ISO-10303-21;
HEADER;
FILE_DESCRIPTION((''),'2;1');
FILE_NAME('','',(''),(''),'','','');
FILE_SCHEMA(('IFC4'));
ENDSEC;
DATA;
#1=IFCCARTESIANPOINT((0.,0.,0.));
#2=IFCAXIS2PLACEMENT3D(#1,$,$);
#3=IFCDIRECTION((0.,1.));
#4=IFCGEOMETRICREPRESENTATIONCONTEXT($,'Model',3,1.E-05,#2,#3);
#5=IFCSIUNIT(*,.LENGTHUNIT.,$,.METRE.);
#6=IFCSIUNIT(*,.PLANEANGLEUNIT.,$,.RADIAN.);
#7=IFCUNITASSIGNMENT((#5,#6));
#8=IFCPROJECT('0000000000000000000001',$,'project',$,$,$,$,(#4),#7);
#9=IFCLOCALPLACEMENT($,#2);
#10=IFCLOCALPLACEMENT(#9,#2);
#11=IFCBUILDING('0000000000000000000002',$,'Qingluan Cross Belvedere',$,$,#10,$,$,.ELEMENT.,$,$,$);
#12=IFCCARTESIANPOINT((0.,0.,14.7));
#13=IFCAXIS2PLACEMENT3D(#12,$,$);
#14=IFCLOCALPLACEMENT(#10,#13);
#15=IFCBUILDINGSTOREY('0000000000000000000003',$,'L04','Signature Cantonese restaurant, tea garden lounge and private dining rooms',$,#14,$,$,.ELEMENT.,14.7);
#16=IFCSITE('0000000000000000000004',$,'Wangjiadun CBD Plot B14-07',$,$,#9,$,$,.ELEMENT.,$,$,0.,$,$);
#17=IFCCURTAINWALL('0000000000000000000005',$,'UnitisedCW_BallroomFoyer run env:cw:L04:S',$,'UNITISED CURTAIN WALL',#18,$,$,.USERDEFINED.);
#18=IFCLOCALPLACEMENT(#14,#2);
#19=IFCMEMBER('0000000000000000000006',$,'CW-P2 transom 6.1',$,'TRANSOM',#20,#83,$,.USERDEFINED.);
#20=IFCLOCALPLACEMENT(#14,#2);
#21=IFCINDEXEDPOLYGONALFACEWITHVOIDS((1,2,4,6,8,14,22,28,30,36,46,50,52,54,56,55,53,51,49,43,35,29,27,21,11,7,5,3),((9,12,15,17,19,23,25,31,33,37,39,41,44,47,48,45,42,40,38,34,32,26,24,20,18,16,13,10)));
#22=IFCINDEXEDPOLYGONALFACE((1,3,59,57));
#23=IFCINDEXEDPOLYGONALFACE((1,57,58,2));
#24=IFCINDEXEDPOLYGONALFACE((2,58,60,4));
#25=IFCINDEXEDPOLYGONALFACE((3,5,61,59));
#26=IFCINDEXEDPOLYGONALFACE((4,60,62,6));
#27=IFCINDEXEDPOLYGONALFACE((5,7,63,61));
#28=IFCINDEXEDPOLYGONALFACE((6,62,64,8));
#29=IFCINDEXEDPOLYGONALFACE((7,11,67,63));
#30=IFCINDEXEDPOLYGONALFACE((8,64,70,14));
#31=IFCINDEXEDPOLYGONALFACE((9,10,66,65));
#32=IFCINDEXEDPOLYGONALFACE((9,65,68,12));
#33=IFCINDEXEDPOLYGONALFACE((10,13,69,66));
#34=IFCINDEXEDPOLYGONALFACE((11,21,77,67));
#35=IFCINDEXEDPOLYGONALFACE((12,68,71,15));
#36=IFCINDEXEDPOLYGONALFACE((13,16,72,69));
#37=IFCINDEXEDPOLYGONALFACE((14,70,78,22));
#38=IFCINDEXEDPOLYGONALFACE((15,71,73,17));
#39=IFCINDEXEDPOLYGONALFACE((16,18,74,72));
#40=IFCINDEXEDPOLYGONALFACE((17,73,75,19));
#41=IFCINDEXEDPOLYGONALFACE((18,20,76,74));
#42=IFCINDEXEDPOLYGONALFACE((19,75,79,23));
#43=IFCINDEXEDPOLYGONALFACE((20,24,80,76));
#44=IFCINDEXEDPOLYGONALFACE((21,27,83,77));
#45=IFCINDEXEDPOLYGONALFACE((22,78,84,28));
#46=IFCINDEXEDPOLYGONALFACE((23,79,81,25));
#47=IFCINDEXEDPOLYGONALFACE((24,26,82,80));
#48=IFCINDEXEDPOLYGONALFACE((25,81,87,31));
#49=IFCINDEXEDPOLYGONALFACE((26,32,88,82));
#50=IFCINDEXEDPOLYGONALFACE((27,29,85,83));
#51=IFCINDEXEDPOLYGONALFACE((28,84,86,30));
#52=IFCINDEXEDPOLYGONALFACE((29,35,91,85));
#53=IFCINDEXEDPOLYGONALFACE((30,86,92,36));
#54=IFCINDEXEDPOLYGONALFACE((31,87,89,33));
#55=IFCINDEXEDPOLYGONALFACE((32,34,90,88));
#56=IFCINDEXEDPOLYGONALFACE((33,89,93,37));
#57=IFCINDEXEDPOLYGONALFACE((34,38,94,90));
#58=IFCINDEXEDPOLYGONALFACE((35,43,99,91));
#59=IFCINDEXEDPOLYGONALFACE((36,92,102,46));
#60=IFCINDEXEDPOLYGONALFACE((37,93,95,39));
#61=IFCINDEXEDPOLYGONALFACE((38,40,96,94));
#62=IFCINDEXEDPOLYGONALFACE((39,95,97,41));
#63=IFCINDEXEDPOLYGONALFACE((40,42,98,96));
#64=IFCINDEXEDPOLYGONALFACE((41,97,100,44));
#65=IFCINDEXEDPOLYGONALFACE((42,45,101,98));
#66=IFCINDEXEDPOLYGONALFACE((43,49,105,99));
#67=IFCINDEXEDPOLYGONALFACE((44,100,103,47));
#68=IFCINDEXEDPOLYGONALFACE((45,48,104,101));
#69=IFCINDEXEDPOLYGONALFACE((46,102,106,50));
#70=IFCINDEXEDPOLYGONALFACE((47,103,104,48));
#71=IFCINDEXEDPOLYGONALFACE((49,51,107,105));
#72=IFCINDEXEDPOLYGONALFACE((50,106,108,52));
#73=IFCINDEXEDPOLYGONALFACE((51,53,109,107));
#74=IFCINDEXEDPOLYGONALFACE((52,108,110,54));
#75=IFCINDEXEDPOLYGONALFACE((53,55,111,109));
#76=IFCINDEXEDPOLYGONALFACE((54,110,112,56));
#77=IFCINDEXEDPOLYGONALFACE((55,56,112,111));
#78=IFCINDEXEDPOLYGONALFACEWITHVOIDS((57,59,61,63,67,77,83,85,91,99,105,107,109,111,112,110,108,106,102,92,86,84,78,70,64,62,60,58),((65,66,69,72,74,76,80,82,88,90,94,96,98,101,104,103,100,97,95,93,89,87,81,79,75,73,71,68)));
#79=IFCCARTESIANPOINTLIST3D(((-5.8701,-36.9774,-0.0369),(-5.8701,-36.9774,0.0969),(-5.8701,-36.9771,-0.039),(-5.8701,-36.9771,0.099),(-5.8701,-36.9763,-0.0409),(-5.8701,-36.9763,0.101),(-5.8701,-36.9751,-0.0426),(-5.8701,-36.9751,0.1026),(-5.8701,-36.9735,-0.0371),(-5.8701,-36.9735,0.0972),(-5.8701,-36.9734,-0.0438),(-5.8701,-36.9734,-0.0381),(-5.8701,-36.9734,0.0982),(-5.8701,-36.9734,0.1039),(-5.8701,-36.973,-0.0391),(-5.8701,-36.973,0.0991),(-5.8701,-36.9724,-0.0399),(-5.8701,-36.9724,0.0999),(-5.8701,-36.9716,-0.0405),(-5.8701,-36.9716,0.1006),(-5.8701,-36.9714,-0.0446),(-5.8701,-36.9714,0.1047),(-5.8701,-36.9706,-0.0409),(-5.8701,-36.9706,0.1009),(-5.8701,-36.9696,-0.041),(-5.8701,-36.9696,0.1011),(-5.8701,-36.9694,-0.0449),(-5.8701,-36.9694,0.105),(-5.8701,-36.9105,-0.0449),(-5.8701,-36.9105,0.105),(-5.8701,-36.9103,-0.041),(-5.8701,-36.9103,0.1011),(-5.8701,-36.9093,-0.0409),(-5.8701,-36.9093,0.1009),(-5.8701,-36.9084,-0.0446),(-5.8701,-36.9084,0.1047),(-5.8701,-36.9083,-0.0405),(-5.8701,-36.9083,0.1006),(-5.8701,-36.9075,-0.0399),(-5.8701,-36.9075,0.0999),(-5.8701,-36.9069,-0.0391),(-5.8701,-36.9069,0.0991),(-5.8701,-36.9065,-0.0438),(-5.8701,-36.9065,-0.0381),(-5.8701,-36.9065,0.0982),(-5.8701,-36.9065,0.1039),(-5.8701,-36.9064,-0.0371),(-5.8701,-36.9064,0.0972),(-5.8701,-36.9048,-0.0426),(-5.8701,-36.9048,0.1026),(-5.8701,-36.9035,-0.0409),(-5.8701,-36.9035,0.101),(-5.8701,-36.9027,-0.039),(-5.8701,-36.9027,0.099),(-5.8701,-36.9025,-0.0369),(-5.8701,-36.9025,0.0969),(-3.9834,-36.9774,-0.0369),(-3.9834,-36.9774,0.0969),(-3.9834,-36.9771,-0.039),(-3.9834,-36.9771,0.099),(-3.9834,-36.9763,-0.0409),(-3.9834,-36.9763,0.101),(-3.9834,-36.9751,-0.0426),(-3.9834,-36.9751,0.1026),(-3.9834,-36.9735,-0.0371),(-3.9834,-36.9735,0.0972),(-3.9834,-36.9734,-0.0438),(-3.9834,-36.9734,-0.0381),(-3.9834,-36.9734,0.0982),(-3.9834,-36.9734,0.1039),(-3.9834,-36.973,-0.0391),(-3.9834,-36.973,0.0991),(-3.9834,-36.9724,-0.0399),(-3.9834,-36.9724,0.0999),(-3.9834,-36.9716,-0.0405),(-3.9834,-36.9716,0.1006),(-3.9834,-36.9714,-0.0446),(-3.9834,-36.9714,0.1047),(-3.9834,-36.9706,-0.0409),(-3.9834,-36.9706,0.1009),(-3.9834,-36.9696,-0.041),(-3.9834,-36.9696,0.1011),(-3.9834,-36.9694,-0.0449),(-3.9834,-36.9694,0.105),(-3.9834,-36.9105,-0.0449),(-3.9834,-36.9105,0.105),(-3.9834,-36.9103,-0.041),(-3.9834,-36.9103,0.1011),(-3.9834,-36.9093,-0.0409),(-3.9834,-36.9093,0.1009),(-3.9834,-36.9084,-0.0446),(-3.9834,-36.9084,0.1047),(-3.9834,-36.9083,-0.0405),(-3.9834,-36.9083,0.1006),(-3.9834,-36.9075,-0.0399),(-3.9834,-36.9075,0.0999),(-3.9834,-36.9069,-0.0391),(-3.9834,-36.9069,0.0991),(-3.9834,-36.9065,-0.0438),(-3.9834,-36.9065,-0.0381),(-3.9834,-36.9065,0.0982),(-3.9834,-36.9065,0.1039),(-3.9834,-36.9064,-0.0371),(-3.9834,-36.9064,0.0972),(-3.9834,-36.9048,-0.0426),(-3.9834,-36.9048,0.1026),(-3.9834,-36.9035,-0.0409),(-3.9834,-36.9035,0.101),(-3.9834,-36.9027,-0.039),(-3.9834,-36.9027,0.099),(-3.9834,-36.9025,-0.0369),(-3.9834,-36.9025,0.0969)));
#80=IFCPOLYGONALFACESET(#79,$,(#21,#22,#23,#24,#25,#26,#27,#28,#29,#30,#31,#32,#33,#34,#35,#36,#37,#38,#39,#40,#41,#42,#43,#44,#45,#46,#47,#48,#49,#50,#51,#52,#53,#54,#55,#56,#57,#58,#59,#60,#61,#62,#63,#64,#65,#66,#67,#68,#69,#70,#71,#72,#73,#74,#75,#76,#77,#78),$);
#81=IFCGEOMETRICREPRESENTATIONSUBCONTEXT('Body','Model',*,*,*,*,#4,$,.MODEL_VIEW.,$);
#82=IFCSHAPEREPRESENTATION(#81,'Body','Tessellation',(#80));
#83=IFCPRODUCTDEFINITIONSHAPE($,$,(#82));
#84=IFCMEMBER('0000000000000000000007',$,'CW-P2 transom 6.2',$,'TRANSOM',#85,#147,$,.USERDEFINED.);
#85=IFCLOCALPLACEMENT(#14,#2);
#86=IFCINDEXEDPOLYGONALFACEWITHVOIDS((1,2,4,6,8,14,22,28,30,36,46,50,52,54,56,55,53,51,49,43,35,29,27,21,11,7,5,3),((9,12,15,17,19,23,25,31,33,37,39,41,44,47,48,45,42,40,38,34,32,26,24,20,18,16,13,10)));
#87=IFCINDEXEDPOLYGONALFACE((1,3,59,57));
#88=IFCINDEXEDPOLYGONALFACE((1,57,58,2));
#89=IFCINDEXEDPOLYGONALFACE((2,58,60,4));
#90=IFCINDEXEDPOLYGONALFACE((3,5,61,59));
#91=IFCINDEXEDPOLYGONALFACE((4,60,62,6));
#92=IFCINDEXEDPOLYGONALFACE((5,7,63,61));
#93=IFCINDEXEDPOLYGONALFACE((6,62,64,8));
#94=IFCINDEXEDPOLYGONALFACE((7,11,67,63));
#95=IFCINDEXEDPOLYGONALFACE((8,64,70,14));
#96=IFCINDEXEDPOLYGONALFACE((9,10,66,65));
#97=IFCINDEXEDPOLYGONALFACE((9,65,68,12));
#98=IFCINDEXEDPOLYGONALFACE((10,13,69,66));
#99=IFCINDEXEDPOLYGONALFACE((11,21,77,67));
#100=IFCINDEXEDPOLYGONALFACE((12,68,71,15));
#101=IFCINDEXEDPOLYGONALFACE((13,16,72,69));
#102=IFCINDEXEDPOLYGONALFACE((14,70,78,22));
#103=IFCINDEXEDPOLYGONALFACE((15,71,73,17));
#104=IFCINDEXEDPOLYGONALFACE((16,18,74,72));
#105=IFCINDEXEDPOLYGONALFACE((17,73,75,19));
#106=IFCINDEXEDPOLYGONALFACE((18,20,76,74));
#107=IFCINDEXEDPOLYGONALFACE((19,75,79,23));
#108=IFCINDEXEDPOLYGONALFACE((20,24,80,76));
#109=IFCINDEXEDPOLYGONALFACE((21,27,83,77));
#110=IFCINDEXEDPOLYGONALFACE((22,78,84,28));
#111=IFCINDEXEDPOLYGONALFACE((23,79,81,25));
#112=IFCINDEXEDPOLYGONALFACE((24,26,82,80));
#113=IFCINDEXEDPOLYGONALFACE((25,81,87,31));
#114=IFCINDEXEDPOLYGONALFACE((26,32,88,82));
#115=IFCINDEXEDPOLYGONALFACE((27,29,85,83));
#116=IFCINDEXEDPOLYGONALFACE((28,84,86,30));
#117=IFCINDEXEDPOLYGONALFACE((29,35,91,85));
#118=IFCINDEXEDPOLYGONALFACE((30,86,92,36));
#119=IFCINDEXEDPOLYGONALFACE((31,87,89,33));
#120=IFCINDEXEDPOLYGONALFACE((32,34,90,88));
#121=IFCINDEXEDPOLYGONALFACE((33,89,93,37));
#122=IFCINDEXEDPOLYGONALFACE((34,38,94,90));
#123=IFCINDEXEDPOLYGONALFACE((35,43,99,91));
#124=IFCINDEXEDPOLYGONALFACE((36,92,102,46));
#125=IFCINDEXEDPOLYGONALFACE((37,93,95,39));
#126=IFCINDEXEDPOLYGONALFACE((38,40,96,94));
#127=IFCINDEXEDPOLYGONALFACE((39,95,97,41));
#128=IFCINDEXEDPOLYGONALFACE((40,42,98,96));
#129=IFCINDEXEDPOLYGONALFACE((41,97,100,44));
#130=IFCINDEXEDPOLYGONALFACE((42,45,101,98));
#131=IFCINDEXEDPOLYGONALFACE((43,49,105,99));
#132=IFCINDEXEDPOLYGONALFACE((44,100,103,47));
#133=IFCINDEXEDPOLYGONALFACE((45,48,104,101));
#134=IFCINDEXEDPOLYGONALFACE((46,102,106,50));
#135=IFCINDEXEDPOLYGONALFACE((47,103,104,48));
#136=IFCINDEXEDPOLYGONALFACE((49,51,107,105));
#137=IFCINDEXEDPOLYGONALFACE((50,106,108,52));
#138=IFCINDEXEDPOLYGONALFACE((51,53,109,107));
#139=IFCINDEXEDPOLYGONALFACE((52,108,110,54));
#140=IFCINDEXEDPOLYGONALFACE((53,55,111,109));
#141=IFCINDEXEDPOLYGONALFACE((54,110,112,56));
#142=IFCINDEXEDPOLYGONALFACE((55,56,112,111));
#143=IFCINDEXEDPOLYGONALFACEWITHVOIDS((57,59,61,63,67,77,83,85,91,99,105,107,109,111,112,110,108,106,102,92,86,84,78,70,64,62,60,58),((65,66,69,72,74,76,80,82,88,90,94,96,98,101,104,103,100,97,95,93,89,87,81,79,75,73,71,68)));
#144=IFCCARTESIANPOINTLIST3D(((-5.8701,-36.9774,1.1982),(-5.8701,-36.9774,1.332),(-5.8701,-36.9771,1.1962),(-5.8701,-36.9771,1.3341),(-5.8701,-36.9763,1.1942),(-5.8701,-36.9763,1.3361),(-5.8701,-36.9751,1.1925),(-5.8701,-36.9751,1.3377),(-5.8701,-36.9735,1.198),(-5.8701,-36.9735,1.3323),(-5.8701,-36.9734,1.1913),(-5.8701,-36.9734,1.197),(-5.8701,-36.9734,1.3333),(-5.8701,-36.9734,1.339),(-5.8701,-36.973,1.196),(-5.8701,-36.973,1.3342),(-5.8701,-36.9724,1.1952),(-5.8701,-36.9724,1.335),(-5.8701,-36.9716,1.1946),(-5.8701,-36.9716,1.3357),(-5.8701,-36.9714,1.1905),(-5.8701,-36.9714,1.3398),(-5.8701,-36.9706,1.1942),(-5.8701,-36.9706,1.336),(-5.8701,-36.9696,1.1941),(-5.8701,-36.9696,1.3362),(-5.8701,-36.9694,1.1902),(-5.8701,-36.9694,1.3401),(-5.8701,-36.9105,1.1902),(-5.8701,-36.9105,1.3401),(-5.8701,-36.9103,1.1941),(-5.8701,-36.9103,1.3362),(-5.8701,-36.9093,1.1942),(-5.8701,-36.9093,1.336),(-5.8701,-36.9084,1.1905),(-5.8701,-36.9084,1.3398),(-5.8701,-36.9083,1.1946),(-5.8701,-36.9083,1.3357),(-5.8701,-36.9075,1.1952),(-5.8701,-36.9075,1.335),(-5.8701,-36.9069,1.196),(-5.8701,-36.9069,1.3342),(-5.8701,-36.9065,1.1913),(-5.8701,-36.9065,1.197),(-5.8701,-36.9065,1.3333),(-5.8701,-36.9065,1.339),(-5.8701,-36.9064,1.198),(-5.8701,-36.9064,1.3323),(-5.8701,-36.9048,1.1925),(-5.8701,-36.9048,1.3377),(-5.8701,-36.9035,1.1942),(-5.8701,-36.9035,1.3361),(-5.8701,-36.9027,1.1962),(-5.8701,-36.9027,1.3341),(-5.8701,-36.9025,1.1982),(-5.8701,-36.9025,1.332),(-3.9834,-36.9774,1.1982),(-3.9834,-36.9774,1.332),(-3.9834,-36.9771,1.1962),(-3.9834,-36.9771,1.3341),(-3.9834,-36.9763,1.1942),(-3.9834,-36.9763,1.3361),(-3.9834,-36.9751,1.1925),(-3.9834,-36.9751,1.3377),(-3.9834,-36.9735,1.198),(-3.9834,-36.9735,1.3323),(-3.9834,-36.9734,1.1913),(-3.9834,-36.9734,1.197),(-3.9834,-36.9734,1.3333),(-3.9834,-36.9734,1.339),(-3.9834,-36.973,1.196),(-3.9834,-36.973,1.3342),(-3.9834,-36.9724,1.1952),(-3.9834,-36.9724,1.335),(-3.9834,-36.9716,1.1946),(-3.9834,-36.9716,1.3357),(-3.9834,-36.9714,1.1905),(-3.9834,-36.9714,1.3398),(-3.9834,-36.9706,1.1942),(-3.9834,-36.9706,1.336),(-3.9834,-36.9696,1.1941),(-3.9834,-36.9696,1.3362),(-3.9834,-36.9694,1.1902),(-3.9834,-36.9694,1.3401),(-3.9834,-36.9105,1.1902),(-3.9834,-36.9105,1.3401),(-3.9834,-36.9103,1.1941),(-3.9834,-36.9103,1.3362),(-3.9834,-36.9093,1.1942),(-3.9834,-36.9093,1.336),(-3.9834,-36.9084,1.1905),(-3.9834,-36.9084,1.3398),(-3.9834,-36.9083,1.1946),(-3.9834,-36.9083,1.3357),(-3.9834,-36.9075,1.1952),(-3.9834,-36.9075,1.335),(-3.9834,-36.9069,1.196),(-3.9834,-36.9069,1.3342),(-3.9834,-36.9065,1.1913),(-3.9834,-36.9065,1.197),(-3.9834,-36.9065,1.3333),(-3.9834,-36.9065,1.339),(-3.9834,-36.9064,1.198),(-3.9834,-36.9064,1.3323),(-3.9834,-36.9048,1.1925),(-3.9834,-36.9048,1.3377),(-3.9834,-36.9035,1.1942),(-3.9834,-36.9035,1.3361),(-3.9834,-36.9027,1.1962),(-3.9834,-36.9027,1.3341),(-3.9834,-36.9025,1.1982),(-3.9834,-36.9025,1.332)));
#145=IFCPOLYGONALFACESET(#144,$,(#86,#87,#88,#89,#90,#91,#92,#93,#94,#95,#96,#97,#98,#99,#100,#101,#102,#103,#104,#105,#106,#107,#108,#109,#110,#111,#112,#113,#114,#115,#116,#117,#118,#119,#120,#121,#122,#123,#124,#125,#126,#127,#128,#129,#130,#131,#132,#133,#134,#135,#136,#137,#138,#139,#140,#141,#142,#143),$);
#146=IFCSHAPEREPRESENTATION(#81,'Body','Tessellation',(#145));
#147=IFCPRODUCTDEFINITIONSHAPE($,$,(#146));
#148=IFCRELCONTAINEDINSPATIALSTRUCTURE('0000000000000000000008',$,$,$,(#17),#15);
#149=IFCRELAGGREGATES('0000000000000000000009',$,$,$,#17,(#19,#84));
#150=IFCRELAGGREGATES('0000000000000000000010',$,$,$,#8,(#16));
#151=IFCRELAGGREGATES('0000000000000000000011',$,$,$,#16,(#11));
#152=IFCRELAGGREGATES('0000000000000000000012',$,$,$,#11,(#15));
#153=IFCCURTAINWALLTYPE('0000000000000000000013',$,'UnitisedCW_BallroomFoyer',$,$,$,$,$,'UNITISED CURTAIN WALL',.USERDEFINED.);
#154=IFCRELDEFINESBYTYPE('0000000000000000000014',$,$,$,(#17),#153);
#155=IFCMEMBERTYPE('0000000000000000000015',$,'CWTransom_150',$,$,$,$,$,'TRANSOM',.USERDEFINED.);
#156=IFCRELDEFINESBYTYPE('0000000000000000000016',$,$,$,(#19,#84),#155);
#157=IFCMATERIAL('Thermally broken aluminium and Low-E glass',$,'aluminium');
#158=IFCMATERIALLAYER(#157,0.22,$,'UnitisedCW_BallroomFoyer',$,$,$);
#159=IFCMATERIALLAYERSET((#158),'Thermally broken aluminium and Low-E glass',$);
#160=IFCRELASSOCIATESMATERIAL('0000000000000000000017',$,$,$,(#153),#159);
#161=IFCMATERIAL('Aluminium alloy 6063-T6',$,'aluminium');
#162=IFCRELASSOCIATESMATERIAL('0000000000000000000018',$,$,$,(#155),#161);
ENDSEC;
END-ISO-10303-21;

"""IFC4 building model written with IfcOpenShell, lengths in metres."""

from ifc_helpers import new_model, si_unit, direction, frame, origin, origin_2d, place, context, subcontext, project, spatial, hollow_rectangle, extrude, material, layer, layer_set, material_profile, profile_set, type_object, element, aggregate, save


model = new_model("IFC4")

# Units and contexts
model_context = context("Model", 3, precision=1e-05, world=origin(), true_north=direction((0.0, 1.0)))
body_context = subcontext(model_context, "Body", "Model", "MODEL_VIEW")
ifc_project = project(units=[si_unit("LENGTHUNIT", "METRE"), si_unit("PLANEANGLEUNIT", "RADIAN")], contexts=[model_context])

# Site, building, storey
site_placement = place(None, origin())
site = spatial("IfcSite", under=ifc_project, at=site_placement, Name="Wangjiadun CBD Plot B14-07", CompositionType="ELEMENT", RefElevation=0.0)
building_placement = place(site_placement, origin())
building = spatial("IfcBuilding", under=site, at=building_placement, Name="Qingluan Cross Belvedere", CompositionType="ELEMENT")
storey_placement = place(building_placement, frame((0.0, 0.0, 14.7)))
storey = spatial("IfcBuildingStorey", under=building, at=storey_placement, Name="L04", Description="Signature Cantonese restaurant, tea garden lounge and private dining rooms", CompositionType="ELEMENT", Elevation=14.7)

# Curtain wall, members
ifc_material_1 = material(Name="Thermally broken aluminium and Low-E glass", Category="aluminium")
ifc_layer_1 = layer(ifc_material_1, 0.22, Name="UnitisedCW_BallroomFoyer")
ifc_layer_set_1 = layer_set([ifc_layer_1], Name="Thermally broken aluminium and Low-E glass")
curtain_wall_type = type_object("IfcCurtainWallType", Name="UnitisedCW_BallroomFoyer", ElementType="UNITISED CURTAIN WALL", PredefinedType="USERDEFINED", material=ifc_layer_set_1)
curtain_wall_placement = place(storey_placement, origin())
curtain_wall = element("IfcCurtainWall", 1, at=curtain_wall_placement, inside=storey, type_object=curtain_wall_type, Name="UnitisedCW_BallroomFoyer run env:cw:L04:S", ObjectType="UNITISED CURTAIN WALL", PredefinedType="USERDEFINED")
ifc_material_2 = material(Name="Aluminium alloy 6063-T6", Category="aluminium")
ifc_material_profile_1 = material_profile(ifc_material_2, hollow_rectangle(XDim=0.075, YDim=0.1499, WallThickness=0.0039, InnerFilletRadius=0.0039, OuterFilletRadius=0.0081, at=origin_2d()), Name="CWT150x75x4")
ifc_profile_set_1 = profile_set([ifc_material_profile_1], Name="Aluminium alloy 6063-T6")
member_type_1 = type_object("IfcMemberType", Name="CWTransom_150", ElementType="TRANSOM", PredefinedType="USERDEFINED", material=ifc_profile_set_1)
member_1_placement = place(storey_placement, frame((-3.9834, -36.9399, 0.03), z_axis=(-1.0, 0.0, 0.0), x_axis=(0.0, -1.0, 0.0)))
member_1 = element("IfcMember", 2, at=member_1_placement, type_object=member_type_1, Name="CW-P2 transom 6.1", ObjectType="TRANSOM", PredefinedType="USERDEFINED", context=body_context, shape_type="SweptSolid", body=[
    extrude(hollow_rectangle(XDim=0.075, YDim=0.1499, WallThickness=0.0039, InnerFilletRadius=0.0039, OuterFilletRadius=0.0081, at=origin_2d()), origin(), (0.0, 0.0, 1.0), 1.8867),
])
member_2_placement = place(storey_placement, frame((-3.9834, -36.9399, 1.2651), z_axis=(-1.0, 0.0, 0.0), x_axis=(0.0, -1.0, 0.0)))
member_2 = element("IfcMember", 3, at=member_2_placement, type_object=member_type_1, Name="CW-P2 transom 6.2", ObjectType="TRANSOM", PredefinedType="USERDEFINED", context=body_context, shape_type="SweptSolid", body=[
    extrude(hollow_rectangle(XDim=0.075, YDim=0.1499, WallThickness=0.0039, InnerFilletRadius=0.0039, OuterFilletRadius=0.0081, at=origin_2d()), origin(), (0.0, 0.0, 1.0), 1.8867),
])

aggregate(curtain_wall, [member_1, member_2])

save(model, "model.ifc")
